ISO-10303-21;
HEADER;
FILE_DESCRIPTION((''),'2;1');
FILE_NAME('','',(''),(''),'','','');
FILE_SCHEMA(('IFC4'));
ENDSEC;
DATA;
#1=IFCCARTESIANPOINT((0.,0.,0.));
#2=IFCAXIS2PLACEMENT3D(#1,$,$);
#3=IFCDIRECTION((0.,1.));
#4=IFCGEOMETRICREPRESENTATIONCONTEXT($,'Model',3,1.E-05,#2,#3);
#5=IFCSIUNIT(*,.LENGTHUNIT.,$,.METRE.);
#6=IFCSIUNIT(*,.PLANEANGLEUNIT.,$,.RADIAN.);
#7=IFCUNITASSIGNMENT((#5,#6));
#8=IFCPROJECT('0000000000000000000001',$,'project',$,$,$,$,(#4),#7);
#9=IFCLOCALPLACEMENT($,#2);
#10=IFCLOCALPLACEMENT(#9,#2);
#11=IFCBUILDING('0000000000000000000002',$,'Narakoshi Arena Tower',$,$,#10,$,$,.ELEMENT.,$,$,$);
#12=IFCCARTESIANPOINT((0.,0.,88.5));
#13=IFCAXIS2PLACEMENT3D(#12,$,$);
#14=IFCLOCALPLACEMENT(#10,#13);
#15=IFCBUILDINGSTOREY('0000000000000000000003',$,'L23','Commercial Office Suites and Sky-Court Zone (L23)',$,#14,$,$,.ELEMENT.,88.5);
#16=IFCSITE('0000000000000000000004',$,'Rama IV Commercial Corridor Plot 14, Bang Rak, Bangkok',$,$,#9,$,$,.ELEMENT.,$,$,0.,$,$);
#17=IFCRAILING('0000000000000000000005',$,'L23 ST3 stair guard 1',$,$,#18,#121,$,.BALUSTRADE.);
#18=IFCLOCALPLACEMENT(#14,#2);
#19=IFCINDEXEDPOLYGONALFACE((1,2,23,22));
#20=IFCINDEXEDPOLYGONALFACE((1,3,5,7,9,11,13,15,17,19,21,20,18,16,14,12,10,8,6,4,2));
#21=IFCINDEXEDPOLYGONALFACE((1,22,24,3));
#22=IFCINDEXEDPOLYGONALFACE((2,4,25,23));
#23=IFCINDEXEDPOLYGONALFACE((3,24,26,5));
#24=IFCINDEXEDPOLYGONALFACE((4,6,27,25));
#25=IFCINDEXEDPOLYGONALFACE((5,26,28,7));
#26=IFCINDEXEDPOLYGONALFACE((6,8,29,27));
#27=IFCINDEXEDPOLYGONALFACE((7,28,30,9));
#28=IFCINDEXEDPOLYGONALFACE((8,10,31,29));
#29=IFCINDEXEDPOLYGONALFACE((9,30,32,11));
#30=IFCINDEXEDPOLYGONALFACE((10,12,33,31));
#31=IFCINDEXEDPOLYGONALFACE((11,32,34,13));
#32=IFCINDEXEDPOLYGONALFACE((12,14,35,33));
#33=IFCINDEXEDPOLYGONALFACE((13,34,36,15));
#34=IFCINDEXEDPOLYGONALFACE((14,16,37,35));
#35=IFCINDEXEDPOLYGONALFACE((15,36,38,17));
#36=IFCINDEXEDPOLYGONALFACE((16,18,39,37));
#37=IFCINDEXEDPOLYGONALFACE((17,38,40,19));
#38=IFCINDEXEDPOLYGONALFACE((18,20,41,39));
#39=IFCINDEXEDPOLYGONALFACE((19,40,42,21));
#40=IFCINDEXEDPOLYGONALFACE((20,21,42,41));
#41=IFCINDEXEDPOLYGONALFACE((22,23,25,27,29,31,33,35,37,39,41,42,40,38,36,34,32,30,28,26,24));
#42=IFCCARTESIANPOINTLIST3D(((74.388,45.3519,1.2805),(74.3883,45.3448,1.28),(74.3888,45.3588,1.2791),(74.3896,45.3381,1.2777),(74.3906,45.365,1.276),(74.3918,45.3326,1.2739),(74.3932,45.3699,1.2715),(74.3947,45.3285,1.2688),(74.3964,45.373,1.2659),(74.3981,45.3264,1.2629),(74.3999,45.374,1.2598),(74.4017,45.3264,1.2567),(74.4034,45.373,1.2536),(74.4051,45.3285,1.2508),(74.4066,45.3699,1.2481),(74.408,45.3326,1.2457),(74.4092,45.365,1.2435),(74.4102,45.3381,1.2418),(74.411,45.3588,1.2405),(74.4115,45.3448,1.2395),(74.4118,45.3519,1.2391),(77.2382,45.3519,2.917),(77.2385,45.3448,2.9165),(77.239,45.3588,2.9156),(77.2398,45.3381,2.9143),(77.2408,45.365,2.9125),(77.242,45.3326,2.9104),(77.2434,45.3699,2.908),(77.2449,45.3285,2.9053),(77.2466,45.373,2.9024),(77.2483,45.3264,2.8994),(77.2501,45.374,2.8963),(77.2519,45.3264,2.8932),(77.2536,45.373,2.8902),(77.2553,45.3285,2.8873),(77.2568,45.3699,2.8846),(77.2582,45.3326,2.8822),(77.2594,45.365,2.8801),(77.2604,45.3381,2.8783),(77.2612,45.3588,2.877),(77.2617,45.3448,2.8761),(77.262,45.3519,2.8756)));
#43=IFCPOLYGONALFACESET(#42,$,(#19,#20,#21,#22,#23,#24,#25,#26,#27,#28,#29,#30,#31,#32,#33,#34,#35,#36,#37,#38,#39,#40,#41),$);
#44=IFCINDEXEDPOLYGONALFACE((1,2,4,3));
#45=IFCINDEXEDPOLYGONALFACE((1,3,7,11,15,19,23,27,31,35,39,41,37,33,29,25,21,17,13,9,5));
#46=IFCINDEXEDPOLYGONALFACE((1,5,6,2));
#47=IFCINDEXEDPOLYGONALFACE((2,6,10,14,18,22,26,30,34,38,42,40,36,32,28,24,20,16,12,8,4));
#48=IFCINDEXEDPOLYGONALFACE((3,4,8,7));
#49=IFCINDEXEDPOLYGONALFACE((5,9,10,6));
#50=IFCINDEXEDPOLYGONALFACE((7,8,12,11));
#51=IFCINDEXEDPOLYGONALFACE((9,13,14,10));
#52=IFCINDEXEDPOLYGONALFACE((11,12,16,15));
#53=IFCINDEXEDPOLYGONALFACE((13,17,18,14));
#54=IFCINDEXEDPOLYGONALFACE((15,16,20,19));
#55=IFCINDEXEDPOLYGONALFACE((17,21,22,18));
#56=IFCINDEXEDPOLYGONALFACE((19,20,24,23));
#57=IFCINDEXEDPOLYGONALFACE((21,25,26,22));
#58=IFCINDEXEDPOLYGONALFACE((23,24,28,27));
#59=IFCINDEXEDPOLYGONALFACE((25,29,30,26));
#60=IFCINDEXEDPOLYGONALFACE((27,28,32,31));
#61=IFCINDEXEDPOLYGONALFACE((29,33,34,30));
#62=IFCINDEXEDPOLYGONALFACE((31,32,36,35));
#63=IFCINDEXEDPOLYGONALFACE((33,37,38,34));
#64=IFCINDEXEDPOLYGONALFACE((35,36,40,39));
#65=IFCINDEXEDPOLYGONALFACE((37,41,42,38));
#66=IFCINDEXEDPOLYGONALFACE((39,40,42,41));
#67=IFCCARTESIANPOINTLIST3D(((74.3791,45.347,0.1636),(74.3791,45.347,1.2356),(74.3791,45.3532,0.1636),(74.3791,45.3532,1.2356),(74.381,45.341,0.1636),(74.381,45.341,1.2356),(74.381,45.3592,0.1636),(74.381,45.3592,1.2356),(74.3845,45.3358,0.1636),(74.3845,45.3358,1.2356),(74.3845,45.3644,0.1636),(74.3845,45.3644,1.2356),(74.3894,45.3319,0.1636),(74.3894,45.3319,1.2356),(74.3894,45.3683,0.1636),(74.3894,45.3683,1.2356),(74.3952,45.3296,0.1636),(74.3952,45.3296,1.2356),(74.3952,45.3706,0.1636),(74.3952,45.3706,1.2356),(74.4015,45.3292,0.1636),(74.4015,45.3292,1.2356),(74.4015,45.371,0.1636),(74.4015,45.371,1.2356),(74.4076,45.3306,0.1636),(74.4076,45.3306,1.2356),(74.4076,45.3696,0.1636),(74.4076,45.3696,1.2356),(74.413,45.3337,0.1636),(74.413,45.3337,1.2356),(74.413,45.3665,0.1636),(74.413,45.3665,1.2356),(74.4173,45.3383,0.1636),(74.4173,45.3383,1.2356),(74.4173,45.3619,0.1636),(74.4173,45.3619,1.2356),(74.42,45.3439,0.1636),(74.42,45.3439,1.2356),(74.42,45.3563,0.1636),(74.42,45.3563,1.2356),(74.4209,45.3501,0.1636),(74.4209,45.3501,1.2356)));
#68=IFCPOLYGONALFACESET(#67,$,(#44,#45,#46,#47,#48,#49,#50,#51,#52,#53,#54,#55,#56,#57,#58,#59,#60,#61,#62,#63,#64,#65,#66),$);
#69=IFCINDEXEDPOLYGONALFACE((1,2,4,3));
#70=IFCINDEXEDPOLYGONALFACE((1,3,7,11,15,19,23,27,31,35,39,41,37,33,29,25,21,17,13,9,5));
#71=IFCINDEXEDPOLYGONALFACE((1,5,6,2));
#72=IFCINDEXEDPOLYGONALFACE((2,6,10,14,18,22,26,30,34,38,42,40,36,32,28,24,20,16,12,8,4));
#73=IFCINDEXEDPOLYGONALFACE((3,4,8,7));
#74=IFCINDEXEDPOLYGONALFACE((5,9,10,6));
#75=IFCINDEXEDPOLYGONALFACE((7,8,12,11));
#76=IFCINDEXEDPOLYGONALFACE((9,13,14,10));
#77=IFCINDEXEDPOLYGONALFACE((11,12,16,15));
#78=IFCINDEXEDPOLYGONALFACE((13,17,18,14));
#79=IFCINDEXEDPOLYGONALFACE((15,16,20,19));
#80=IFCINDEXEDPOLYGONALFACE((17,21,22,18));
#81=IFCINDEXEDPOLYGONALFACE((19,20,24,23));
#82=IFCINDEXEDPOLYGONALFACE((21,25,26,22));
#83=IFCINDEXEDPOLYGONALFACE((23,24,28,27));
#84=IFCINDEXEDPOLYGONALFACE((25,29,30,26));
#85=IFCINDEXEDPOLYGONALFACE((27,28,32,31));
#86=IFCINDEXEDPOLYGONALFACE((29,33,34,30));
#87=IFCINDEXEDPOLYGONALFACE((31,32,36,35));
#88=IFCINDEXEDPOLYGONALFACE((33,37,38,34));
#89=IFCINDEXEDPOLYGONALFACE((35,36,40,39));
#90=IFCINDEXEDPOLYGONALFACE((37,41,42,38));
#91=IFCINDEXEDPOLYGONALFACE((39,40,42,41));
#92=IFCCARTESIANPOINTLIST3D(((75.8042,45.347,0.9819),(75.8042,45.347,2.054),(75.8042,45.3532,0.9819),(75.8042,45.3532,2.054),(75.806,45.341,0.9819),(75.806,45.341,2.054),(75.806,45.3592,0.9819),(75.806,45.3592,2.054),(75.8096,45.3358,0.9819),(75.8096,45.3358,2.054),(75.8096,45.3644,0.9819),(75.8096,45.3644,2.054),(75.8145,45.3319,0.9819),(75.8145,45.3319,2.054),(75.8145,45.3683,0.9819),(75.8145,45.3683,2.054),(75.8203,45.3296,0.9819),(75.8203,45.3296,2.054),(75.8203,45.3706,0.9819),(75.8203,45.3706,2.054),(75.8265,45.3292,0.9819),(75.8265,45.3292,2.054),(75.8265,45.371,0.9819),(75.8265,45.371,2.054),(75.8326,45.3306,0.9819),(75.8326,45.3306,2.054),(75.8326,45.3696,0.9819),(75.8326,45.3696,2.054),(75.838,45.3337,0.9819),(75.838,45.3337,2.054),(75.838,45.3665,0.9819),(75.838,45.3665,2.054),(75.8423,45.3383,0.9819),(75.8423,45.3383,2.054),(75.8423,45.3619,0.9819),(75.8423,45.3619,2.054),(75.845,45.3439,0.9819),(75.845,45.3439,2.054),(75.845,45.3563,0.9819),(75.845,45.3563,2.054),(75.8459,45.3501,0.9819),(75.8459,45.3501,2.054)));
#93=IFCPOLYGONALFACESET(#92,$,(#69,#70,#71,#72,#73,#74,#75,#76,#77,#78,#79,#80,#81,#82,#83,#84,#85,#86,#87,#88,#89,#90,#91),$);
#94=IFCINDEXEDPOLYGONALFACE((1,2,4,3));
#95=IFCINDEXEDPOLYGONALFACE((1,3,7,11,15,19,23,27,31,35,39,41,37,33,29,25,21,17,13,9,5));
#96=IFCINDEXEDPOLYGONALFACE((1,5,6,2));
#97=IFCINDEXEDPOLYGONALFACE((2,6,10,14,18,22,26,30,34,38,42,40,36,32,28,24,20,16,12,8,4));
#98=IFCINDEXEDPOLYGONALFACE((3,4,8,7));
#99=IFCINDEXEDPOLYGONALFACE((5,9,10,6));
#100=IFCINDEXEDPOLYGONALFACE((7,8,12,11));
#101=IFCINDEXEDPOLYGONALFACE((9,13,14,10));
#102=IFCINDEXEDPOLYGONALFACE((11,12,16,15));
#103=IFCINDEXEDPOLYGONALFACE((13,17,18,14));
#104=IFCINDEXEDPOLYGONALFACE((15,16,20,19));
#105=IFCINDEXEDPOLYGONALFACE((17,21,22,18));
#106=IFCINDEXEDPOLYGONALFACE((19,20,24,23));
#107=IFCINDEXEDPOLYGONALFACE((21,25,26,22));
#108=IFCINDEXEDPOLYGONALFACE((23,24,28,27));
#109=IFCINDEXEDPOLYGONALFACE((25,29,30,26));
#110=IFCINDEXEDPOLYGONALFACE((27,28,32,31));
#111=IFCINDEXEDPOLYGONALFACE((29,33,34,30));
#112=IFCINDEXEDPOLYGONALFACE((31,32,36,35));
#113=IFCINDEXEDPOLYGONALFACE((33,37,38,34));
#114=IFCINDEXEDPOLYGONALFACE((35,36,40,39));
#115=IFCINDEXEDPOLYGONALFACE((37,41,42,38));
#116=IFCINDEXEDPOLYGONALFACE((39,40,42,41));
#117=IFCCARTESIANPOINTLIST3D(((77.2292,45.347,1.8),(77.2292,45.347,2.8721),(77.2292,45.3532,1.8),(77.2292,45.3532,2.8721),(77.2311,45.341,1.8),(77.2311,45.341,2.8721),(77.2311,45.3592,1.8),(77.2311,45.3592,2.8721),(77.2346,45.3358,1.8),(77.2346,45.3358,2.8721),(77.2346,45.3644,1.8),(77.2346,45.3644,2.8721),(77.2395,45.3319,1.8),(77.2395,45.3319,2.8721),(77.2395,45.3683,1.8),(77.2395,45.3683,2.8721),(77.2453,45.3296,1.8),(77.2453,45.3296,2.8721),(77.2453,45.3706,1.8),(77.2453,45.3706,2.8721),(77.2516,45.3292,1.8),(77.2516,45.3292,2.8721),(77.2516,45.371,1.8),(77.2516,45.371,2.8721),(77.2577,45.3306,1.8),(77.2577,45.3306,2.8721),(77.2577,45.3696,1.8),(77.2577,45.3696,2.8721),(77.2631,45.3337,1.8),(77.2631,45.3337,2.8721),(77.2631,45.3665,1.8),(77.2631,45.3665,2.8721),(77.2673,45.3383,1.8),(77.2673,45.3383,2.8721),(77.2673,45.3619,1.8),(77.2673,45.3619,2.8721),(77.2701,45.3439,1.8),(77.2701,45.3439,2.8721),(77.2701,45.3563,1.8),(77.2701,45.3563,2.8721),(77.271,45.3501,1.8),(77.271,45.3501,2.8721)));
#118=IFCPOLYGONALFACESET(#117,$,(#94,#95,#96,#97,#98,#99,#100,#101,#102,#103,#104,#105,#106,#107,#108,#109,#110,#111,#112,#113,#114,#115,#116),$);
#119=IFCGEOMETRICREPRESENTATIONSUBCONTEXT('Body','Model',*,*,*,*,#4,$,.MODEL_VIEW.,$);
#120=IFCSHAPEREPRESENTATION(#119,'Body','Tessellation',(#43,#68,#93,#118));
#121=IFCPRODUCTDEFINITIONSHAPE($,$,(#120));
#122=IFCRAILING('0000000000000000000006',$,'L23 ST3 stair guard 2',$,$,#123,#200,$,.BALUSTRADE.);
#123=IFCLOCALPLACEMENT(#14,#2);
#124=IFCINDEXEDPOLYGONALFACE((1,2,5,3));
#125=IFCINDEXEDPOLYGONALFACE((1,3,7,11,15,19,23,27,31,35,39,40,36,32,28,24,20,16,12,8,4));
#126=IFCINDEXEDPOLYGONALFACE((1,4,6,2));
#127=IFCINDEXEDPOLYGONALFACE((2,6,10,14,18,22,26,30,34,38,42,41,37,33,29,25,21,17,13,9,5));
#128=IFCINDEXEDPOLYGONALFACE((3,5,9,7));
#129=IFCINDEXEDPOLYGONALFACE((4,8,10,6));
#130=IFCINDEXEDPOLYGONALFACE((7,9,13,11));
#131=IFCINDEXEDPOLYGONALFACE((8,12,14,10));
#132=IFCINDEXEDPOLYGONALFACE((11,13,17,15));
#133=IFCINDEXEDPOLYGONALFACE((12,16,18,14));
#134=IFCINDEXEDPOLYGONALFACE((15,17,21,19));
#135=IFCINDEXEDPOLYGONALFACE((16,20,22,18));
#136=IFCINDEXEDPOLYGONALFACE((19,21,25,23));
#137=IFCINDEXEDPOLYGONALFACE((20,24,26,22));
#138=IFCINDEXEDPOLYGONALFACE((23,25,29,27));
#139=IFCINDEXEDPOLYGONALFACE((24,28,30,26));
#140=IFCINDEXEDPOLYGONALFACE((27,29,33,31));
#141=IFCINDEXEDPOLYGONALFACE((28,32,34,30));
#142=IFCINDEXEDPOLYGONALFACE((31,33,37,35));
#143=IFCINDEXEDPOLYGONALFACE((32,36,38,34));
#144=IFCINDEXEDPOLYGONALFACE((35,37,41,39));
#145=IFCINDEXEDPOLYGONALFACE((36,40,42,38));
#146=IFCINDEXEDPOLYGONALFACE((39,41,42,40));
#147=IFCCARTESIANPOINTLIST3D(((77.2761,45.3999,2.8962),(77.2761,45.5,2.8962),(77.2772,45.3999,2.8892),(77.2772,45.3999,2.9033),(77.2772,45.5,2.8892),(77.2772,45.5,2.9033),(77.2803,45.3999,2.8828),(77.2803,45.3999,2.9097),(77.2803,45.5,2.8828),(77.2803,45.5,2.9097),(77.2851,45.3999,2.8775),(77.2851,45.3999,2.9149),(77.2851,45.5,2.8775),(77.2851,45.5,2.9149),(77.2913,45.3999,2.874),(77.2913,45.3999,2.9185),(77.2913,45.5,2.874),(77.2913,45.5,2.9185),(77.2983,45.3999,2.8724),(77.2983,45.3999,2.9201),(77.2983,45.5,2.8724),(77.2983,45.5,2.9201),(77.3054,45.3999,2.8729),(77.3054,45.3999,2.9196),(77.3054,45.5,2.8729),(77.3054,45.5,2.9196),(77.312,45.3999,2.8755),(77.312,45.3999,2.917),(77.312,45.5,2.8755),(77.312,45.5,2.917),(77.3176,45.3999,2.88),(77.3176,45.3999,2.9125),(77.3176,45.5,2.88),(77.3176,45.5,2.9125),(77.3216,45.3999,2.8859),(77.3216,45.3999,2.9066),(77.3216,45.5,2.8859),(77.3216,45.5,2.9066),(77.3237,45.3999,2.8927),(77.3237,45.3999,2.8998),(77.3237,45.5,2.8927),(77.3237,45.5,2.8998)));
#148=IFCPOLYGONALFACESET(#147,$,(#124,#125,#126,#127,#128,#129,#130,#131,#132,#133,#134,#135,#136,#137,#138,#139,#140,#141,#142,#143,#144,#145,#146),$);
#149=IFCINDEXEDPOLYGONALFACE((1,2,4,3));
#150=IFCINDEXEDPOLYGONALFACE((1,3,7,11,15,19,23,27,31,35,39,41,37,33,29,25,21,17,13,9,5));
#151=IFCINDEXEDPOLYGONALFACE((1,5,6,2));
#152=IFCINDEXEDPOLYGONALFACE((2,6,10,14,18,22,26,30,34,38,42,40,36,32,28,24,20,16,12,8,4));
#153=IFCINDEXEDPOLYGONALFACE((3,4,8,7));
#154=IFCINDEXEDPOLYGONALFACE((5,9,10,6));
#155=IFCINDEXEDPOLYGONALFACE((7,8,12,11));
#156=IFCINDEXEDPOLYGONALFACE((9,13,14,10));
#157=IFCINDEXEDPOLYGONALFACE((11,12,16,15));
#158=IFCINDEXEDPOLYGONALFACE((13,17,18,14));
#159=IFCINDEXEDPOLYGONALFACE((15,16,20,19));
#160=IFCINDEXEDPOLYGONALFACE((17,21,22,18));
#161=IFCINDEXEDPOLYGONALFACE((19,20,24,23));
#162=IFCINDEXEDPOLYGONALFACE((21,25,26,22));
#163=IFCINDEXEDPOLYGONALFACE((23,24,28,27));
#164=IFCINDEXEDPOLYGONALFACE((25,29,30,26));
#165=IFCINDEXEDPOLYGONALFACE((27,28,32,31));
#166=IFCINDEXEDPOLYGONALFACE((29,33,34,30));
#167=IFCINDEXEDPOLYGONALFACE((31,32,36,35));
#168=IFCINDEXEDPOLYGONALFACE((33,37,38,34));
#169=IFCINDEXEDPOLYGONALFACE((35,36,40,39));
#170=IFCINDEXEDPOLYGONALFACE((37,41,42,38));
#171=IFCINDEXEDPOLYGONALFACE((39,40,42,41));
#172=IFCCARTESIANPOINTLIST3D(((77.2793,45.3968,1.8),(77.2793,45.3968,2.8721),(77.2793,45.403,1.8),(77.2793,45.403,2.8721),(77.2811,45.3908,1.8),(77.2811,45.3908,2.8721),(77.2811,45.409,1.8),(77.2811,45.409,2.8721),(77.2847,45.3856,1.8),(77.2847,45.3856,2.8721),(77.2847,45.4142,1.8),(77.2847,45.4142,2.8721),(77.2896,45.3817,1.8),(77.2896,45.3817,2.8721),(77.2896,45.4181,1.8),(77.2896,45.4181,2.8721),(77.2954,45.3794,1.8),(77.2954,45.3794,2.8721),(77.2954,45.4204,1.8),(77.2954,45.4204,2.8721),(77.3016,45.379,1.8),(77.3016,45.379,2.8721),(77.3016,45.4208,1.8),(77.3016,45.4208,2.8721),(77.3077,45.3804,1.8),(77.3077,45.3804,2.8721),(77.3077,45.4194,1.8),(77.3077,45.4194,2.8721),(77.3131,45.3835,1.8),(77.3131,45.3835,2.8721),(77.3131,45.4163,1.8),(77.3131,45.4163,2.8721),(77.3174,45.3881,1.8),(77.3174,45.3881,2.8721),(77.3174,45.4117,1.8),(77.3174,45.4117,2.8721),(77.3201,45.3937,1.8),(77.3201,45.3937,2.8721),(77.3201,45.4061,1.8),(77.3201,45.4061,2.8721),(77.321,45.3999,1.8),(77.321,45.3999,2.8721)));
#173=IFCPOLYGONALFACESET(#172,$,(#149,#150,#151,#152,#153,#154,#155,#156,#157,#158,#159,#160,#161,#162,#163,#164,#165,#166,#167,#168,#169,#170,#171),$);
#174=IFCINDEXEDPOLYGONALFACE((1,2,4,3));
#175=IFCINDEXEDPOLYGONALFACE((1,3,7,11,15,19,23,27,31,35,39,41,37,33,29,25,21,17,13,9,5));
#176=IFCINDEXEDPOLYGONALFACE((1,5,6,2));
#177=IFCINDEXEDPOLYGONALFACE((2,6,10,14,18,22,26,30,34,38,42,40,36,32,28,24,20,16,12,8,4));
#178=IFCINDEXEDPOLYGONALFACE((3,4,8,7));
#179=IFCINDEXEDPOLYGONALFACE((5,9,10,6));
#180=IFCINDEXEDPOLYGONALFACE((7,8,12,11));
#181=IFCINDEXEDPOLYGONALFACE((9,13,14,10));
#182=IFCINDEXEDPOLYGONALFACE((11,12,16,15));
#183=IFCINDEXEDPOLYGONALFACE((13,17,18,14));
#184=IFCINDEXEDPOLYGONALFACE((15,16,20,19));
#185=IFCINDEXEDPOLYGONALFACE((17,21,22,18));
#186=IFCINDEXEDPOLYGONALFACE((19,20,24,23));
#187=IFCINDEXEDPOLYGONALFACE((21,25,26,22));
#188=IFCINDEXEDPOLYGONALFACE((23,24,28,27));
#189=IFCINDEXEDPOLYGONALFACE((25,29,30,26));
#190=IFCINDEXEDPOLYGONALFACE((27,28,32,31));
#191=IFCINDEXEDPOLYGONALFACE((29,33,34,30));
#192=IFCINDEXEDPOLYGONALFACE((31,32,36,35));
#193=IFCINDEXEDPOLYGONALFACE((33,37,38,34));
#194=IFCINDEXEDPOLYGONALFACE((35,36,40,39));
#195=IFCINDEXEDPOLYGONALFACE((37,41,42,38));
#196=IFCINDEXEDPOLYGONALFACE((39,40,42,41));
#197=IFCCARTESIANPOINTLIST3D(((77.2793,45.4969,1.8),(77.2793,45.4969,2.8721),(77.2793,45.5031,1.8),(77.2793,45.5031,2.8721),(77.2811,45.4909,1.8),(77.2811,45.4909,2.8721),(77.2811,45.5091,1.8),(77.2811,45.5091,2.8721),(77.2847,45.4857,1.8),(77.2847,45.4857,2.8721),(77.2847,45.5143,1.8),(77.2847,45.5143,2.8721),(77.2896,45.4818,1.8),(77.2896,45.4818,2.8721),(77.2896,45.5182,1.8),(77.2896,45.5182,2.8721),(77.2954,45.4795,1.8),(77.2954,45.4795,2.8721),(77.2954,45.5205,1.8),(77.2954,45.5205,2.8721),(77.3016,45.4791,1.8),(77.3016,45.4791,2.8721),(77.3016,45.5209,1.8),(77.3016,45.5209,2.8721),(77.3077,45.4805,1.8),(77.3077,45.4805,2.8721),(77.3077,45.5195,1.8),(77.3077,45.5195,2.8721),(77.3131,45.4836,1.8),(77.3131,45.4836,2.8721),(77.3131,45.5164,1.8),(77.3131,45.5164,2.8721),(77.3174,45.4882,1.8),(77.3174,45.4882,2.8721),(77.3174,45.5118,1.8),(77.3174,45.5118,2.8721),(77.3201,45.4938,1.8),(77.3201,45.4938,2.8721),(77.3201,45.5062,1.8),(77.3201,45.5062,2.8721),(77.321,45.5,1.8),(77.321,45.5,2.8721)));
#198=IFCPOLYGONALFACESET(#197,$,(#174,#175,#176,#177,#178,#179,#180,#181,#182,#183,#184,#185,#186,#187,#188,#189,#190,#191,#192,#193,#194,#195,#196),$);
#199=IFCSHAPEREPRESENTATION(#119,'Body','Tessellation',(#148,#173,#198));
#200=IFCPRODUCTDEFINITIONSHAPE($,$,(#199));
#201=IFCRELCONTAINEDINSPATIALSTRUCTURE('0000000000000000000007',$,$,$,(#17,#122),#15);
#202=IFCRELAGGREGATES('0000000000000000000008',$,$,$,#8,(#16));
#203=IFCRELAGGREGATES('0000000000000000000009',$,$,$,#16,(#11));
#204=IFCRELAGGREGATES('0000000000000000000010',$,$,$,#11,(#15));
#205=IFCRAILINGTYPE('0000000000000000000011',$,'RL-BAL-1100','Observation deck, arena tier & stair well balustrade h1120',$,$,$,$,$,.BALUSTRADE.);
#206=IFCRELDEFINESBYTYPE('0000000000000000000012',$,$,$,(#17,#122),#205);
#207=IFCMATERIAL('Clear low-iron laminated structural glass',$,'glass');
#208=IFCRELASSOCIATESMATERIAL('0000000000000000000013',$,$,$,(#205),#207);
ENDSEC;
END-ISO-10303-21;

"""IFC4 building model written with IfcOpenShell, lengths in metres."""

from ifc_helpers import new_model, si_unit, direction, frame, origin, origin_2d, place, context, subcontext, project, spatial, circle, extrude, material, type_object, element, save


model = new_model("IFC4")

# Units and contexts
model_context = context("Model", 3, precision=1e-05, world=origin(), true_north=direction((0.0, 1.0)))
body_context = subcontext(model_context, "Body", "Model", "MODEL_VIEW")
ifc_project = project(units=[si_unit("LENGTHUNIT", "METRE"), si_unit("PLANEANGLEUNIT", "RADIAN")], contexts=[model_context])

# Site, building, storey
site_placement = place(None, origin())
site = spatial("IfcSite", under=ifc_project, at=site_placement, Name="Rama IV Commercial Corridor Plot 14, Bang Rak, Bangkok", CompositionType="ELEMENT", RefElevation=0.0)
building_placement = place(site_placement, origin())
building = spatial("IfcBuilding", under=site, at=building_placement, Name="Narakoshi Arena Tower", CompositionType="ELEMENT")
storey_placement = place(building_placement, frame((0.0, 0.0, 88.5)))
storey = spatial("IfcBuildingStorey", under=building, at=storey_placement, Name="L23", Description="Commercial Office Suites and Sky-Court Zone (L23)", CompositionType="ELEMENT", Elevation=88.5)

# Railings
ifc_material_1 = material(Name="Clear low-iron laminated structural glass", Category="glass")
railing_type_1 = type_object("IfcRailingType", Name="RL-BAL-1100", Description="Observation deck, arena tier & stair well balustrade h1120", PredefinedType="BALUSTRADE", material=ifc_material_1)
railing_1_placement = place(storey_placement, frame((74.3999, 45.3501, 0.1636)))
element("IfcRailing", 1, at=railing_1_placement, inside=storey, type_object=railing_type_1, Name="L23 ST3 stair guard 1", PredefinedType="BALUSTRADE", context=body_context, shape_type="SweptSolid", body=[
    extrude(circle(Radius=0.0239, at=origin_2d()), frame((0.0, 0.0, 1.0962), z_axis=(0.867213, 0.0, 0.497938), x_axis=(0.0, 1.0, 0.0)), (0.0, 0.0, 1.0), 3.2866),
    extrude(circle(Radius=0.021, at=origin_2d()), origin(), (0.0, 0.0, 1.0), 1.072),
    extrude(circle(Radius=0.021, at=origin_2d()), frame((1.425, 0.0, 0.8184)), (0.0, 0.0, 1.0), 1.072),
    extrude(circle(Radius=0.021, at=origin_2d()), frame((2.8501, 0.0, 1.6365)), (0.0, 0.0, 1.0), 1.072),
])
railing_2_placement = place(storey_placement, frame((77.3, 45.3999, 1.8)))
element("IfcRailing", 2, at=railing_2_placement, inside=storey, type_object=railing_type_1, Name="L23 ST3 stair guard 2", PredefinedType="BALUSTRADE", context=body_context, shape_type="SweptSolid", body=[
    extrude(circle(Radius=0.0239, at=origin_2d()), frame((0.0, 0.0, 1.0962), z_axis=(0.0, 1.0, 0.0), x_axis=(-1.0, 0.0, 0.0)), (0.0, 0.0, 1.0), 0.1001),
    extrude(circle(Radius=0.021, at=origin_2d()), origin(), (0.0, 0.0, 1.0), 1.072),
    extrude(circle(Radius=0.021, at=origin_2d()), frame((0.0, 0.1001, 0.0)), (0.0, 0.0, 1.0), 1.072),
])

save(model, "model.ifc")
